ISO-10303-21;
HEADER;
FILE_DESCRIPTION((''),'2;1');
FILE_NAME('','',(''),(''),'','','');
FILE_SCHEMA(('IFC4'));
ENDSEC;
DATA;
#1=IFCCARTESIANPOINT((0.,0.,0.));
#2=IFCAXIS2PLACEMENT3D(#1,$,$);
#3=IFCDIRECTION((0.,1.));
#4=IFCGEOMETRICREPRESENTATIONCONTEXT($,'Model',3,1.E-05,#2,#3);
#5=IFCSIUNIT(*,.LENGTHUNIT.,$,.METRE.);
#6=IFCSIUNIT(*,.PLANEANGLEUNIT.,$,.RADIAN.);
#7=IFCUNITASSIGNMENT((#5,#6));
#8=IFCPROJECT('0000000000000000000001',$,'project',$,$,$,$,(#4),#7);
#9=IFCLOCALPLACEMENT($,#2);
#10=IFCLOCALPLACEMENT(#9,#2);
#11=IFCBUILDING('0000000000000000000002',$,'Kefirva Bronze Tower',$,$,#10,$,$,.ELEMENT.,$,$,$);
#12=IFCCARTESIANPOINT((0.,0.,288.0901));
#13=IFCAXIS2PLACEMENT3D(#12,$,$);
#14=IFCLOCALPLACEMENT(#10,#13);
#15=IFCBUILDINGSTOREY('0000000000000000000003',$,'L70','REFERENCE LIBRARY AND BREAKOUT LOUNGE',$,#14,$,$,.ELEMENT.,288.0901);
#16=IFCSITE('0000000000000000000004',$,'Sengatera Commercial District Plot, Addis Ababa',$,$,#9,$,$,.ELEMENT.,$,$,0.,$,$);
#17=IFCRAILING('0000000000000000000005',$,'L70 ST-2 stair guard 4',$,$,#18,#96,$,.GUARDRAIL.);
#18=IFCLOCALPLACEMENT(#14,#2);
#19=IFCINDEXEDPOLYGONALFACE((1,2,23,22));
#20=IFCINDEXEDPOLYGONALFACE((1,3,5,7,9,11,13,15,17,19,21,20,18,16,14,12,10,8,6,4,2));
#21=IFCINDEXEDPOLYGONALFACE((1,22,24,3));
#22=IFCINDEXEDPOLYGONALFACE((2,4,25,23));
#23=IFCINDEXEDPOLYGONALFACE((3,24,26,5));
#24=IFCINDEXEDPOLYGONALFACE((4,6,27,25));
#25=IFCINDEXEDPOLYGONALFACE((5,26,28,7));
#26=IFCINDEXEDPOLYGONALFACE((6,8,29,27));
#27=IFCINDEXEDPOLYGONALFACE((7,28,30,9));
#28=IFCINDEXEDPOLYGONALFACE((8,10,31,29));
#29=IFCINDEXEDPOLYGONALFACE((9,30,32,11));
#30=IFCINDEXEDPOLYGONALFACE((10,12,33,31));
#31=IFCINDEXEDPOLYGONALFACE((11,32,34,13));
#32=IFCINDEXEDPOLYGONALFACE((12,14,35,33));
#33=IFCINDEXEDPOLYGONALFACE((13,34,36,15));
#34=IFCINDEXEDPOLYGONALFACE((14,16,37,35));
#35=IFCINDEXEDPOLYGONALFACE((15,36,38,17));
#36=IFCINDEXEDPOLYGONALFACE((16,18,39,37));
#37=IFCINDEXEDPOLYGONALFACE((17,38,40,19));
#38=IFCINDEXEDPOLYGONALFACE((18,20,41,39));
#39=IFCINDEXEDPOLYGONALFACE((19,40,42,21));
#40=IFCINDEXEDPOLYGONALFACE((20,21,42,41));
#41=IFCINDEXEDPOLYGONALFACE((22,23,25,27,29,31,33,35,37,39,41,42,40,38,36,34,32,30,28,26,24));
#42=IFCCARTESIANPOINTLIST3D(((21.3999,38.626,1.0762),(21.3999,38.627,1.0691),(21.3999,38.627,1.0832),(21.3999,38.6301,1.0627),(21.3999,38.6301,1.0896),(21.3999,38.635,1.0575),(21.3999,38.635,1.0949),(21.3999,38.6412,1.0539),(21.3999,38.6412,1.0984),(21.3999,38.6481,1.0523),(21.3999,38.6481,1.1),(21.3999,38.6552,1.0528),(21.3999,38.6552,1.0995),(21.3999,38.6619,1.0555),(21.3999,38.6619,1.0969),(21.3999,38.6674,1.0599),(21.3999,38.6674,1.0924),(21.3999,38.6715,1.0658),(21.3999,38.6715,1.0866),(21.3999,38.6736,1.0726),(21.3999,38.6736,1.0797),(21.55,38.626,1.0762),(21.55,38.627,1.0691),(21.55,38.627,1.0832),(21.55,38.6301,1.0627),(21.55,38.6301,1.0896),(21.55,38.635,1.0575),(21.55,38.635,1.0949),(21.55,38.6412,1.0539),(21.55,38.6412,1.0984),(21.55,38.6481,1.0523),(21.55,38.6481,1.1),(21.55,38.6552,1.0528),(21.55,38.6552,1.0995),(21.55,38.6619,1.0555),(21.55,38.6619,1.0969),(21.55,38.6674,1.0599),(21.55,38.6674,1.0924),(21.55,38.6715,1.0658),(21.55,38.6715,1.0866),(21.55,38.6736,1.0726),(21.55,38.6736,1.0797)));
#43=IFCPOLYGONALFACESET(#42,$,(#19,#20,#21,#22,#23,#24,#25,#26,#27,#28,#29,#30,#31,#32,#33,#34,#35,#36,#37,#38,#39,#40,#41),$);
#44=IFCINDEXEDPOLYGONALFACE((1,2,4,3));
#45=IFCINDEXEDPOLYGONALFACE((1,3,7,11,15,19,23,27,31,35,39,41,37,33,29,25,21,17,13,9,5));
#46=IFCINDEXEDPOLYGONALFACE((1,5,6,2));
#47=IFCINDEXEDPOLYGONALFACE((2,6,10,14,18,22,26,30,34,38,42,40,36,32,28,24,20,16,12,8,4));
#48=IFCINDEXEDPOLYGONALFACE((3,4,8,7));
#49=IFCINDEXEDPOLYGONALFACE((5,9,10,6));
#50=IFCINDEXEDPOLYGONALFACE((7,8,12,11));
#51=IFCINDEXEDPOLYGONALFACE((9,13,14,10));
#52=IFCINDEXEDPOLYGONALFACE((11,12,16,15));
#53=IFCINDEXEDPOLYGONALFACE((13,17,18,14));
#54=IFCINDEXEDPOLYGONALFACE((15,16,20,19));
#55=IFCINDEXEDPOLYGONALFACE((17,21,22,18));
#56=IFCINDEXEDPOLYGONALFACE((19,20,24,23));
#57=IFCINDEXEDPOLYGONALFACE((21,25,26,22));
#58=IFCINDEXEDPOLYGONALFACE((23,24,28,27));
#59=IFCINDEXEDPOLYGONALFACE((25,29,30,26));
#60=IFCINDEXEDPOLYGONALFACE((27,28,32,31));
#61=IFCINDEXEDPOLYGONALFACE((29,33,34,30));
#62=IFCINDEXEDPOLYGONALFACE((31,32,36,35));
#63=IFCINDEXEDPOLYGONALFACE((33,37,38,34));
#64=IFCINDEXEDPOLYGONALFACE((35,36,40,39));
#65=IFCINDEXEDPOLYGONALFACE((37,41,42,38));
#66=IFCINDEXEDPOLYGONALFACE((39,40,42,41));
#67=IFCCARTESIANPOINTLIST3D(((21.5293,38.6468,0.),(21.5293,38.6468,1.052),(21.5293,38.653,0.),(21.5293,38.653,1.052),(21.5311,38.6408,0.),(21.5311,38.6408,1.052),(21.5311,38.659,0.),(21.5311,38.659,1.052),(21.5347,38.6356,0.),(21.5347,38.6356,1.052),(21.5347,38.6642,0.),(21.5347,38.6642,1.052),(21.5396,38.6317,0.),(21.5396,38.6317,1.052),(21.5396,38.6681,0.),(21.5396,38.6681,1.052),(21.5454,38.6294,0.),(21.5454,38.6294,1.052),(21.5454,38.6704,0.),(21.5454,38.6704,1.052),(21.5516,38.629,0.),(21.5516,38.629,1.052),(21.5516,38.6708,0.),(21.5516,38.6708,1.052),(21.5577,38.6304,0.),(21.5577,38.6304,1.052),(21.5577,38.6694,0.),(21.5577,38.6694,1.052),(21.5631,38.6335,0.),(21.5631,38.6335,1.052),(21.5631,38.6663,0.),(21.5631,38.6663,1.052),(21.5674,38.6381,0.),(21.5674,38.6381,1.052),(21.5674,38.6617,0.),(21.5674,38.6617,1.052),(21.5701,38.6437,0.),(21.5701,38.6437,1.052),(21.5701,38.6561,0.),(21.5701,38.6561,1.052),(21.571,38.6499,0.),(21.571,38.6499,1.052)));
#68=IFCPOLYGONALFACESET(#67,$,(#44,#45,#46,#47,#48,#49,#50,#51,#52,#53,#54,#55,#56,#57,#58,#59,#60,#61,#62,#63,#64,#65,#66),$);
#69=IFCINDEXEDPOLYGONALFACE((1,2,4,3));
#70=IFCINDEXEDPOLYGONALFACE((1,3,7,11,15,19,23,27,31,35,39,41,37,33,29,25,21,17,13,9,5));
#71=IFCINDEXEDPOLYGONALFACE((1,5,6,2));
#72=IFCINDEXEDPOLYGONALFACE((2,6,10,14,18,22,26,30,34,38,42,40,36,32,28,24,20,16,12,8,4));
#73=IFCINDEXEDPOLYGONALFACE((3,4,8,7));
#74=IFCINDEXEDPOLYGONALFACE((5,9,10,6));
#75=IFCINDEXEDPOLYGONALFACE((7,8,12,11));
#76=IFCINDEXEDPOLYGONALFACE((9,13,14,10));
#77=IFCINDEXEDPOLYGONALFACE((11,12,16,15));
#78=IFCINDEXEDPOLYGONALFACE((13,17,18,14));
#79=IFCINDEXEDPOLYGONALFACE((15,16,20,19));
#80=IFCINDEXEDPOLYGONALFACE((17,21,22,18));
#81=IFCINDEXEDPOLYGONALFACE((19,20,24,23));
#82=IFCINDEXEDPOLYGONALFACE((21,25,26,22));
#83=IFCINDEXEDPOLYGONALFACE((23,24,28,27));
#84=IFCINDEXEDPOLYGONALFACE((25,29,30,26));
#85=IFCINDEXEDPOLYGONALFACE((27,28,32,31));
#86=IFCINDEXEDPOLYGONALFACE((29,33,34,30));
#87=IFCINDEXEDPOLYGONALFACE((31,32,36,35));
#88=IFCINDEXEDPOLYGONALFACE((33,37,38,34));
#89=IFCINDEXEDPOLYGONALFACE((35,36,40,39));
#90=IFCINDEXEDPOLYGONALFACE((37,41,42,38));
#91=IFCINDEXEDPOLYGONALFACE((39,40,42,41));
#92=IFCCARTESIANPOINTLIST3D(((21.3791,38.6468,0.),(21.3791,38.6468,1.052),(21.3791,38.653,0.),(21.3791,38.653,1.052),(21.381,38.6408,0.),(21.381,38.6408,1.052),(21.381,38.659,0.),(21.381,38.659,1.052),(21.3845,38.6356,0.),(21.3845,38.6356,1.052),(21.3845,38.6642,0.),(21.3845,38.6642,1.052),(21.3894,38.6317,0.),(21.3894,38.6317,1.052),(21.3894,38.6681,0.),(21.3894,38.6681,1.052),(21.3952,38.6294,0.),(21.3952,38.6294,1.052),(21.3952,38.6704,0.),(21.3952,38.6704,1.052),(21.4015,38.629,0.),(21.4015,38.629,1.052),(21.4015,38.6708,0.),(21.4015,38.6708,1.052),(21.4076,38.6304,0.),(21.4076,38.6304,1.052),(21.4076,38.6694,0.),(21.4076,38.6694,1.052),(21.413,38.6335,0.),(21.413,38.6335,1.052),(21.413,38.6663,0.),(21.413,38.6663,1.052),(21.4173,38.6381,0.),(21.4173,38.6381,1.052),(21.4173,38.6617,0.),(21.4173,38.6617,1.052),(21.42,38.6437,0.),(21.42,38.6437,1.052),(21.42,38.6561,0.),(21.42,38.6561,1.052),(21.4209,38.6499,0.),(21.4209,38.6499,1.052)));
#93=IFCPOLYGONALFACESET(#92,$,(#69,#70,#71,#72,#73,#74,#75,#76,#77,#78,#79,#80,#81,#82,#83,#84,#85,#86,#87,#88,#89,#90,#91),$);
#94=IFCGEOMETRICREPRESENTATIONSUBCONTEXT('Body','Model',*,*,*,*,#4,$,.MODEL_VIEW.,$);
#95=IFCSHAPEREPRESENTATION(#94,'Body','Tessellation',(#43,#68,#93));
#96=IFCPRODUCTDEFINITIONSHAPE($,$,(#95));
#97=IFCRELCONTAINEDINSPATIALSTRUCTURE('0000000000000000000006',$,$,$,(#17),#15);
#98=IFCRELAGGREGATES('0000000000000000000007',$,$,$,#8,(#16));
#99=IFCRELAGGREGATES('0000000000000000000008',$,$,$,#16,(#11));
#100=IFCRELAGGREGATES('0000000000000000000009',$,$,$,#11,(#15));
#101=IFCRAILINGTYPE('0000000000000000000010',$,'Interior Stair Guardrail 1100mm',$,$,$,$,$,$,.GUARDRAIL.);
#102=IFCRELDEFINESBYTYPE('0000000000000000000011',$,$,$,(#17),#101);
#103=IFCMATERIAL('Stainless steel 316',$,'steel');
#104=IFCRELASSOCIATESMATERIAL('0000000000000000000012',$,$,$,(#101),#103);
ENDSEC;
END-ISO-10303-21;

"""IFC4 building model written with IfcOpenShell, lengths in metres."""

from ifc_helpers import new_model, si_unit, direction, frame, origin, origin_2d, place, context, subcontext, project, spatial, circle, extrude, material, type_object, element, save


model = new_model("IFC4")

# Units and contexts
model_context = context("Model", 3, precision=1e-05, world=origin(), true_north=direction((0.0, 1.0)))
body_context = subcontext(model_context, "Body", "Model", "MODEL_VIEW")
ifc_project = project(units=[si_unit("LENGTHUNIT", "METRE"), si_unit("PLANEANGLEUNIT", "RADIAN")], contexts=[model_context])

# Site, building, storey
site_placement = place(None, origin())
site = spatial("IfcSite", under=ifc_project, at=site_placement, Name="Sengatera Commercial District Plot, Addis Ababa", CompositionType="ELEMENT", RefElevation=0.0)
building_placement = place(site_placement, origin())
building = spatial("IfcBuilding", under=site, at=building_placement, Name="Kefirva Bronze Tower", CompositionType="ELEMENT")
storey_placement = place(building_placement, frame((0.0, 0.0, 288.0901)))
storey = spatial("IfcBuildingStorey", under=building, at=storey_placement, Name="L70", Description="REFERENCE LIBRARY AND BREAKOUT LOUNGE", CompositionType="ELEMENT", Elevation=288.0901)

# Railing
ifc_material_1 = material(Name="Stainless steel 316", Category="steel")
railing_type_1 = type_object("IfcRailingType", Name="Interior Stair Guardrail 1100mm", PredefinedType="GUARDRAIL", material=ifc_material_1)
railing_1_placement = place(storey_placement, frame((21.55, 38.6499, 0.0)))
element("IfcRailing", 1, at=railing_1_placement, inside=storey, type_object=railing_type_1, Name="L70 ST-2 stair guard 4", PredefinedType="GUARDRAIL", context=body_context, shape_type="SweptSolid", body=[
    extrude(circle(Radius=0.0239, at=origin_2d()), frame((0.0, 0.0, 1.0762), z_axis=(-1.0, 0.0, 0.0), x_axis=(0.0, -1.0, 0.0)), (0.0, 0.0, 1.0), 0.1501),
    extrude(circle(Radius=0.021, at=origin_2d()), origin(), (0.0, 0.0, 1.0), 1.052),
    extrude(circle(Radius=0.021, at=origin_2d()), frame((-0.1501, 0.0, 0.0)), (0.0, 0.0, 1.0), 1.052),
])

save(model, "model.ifc")
